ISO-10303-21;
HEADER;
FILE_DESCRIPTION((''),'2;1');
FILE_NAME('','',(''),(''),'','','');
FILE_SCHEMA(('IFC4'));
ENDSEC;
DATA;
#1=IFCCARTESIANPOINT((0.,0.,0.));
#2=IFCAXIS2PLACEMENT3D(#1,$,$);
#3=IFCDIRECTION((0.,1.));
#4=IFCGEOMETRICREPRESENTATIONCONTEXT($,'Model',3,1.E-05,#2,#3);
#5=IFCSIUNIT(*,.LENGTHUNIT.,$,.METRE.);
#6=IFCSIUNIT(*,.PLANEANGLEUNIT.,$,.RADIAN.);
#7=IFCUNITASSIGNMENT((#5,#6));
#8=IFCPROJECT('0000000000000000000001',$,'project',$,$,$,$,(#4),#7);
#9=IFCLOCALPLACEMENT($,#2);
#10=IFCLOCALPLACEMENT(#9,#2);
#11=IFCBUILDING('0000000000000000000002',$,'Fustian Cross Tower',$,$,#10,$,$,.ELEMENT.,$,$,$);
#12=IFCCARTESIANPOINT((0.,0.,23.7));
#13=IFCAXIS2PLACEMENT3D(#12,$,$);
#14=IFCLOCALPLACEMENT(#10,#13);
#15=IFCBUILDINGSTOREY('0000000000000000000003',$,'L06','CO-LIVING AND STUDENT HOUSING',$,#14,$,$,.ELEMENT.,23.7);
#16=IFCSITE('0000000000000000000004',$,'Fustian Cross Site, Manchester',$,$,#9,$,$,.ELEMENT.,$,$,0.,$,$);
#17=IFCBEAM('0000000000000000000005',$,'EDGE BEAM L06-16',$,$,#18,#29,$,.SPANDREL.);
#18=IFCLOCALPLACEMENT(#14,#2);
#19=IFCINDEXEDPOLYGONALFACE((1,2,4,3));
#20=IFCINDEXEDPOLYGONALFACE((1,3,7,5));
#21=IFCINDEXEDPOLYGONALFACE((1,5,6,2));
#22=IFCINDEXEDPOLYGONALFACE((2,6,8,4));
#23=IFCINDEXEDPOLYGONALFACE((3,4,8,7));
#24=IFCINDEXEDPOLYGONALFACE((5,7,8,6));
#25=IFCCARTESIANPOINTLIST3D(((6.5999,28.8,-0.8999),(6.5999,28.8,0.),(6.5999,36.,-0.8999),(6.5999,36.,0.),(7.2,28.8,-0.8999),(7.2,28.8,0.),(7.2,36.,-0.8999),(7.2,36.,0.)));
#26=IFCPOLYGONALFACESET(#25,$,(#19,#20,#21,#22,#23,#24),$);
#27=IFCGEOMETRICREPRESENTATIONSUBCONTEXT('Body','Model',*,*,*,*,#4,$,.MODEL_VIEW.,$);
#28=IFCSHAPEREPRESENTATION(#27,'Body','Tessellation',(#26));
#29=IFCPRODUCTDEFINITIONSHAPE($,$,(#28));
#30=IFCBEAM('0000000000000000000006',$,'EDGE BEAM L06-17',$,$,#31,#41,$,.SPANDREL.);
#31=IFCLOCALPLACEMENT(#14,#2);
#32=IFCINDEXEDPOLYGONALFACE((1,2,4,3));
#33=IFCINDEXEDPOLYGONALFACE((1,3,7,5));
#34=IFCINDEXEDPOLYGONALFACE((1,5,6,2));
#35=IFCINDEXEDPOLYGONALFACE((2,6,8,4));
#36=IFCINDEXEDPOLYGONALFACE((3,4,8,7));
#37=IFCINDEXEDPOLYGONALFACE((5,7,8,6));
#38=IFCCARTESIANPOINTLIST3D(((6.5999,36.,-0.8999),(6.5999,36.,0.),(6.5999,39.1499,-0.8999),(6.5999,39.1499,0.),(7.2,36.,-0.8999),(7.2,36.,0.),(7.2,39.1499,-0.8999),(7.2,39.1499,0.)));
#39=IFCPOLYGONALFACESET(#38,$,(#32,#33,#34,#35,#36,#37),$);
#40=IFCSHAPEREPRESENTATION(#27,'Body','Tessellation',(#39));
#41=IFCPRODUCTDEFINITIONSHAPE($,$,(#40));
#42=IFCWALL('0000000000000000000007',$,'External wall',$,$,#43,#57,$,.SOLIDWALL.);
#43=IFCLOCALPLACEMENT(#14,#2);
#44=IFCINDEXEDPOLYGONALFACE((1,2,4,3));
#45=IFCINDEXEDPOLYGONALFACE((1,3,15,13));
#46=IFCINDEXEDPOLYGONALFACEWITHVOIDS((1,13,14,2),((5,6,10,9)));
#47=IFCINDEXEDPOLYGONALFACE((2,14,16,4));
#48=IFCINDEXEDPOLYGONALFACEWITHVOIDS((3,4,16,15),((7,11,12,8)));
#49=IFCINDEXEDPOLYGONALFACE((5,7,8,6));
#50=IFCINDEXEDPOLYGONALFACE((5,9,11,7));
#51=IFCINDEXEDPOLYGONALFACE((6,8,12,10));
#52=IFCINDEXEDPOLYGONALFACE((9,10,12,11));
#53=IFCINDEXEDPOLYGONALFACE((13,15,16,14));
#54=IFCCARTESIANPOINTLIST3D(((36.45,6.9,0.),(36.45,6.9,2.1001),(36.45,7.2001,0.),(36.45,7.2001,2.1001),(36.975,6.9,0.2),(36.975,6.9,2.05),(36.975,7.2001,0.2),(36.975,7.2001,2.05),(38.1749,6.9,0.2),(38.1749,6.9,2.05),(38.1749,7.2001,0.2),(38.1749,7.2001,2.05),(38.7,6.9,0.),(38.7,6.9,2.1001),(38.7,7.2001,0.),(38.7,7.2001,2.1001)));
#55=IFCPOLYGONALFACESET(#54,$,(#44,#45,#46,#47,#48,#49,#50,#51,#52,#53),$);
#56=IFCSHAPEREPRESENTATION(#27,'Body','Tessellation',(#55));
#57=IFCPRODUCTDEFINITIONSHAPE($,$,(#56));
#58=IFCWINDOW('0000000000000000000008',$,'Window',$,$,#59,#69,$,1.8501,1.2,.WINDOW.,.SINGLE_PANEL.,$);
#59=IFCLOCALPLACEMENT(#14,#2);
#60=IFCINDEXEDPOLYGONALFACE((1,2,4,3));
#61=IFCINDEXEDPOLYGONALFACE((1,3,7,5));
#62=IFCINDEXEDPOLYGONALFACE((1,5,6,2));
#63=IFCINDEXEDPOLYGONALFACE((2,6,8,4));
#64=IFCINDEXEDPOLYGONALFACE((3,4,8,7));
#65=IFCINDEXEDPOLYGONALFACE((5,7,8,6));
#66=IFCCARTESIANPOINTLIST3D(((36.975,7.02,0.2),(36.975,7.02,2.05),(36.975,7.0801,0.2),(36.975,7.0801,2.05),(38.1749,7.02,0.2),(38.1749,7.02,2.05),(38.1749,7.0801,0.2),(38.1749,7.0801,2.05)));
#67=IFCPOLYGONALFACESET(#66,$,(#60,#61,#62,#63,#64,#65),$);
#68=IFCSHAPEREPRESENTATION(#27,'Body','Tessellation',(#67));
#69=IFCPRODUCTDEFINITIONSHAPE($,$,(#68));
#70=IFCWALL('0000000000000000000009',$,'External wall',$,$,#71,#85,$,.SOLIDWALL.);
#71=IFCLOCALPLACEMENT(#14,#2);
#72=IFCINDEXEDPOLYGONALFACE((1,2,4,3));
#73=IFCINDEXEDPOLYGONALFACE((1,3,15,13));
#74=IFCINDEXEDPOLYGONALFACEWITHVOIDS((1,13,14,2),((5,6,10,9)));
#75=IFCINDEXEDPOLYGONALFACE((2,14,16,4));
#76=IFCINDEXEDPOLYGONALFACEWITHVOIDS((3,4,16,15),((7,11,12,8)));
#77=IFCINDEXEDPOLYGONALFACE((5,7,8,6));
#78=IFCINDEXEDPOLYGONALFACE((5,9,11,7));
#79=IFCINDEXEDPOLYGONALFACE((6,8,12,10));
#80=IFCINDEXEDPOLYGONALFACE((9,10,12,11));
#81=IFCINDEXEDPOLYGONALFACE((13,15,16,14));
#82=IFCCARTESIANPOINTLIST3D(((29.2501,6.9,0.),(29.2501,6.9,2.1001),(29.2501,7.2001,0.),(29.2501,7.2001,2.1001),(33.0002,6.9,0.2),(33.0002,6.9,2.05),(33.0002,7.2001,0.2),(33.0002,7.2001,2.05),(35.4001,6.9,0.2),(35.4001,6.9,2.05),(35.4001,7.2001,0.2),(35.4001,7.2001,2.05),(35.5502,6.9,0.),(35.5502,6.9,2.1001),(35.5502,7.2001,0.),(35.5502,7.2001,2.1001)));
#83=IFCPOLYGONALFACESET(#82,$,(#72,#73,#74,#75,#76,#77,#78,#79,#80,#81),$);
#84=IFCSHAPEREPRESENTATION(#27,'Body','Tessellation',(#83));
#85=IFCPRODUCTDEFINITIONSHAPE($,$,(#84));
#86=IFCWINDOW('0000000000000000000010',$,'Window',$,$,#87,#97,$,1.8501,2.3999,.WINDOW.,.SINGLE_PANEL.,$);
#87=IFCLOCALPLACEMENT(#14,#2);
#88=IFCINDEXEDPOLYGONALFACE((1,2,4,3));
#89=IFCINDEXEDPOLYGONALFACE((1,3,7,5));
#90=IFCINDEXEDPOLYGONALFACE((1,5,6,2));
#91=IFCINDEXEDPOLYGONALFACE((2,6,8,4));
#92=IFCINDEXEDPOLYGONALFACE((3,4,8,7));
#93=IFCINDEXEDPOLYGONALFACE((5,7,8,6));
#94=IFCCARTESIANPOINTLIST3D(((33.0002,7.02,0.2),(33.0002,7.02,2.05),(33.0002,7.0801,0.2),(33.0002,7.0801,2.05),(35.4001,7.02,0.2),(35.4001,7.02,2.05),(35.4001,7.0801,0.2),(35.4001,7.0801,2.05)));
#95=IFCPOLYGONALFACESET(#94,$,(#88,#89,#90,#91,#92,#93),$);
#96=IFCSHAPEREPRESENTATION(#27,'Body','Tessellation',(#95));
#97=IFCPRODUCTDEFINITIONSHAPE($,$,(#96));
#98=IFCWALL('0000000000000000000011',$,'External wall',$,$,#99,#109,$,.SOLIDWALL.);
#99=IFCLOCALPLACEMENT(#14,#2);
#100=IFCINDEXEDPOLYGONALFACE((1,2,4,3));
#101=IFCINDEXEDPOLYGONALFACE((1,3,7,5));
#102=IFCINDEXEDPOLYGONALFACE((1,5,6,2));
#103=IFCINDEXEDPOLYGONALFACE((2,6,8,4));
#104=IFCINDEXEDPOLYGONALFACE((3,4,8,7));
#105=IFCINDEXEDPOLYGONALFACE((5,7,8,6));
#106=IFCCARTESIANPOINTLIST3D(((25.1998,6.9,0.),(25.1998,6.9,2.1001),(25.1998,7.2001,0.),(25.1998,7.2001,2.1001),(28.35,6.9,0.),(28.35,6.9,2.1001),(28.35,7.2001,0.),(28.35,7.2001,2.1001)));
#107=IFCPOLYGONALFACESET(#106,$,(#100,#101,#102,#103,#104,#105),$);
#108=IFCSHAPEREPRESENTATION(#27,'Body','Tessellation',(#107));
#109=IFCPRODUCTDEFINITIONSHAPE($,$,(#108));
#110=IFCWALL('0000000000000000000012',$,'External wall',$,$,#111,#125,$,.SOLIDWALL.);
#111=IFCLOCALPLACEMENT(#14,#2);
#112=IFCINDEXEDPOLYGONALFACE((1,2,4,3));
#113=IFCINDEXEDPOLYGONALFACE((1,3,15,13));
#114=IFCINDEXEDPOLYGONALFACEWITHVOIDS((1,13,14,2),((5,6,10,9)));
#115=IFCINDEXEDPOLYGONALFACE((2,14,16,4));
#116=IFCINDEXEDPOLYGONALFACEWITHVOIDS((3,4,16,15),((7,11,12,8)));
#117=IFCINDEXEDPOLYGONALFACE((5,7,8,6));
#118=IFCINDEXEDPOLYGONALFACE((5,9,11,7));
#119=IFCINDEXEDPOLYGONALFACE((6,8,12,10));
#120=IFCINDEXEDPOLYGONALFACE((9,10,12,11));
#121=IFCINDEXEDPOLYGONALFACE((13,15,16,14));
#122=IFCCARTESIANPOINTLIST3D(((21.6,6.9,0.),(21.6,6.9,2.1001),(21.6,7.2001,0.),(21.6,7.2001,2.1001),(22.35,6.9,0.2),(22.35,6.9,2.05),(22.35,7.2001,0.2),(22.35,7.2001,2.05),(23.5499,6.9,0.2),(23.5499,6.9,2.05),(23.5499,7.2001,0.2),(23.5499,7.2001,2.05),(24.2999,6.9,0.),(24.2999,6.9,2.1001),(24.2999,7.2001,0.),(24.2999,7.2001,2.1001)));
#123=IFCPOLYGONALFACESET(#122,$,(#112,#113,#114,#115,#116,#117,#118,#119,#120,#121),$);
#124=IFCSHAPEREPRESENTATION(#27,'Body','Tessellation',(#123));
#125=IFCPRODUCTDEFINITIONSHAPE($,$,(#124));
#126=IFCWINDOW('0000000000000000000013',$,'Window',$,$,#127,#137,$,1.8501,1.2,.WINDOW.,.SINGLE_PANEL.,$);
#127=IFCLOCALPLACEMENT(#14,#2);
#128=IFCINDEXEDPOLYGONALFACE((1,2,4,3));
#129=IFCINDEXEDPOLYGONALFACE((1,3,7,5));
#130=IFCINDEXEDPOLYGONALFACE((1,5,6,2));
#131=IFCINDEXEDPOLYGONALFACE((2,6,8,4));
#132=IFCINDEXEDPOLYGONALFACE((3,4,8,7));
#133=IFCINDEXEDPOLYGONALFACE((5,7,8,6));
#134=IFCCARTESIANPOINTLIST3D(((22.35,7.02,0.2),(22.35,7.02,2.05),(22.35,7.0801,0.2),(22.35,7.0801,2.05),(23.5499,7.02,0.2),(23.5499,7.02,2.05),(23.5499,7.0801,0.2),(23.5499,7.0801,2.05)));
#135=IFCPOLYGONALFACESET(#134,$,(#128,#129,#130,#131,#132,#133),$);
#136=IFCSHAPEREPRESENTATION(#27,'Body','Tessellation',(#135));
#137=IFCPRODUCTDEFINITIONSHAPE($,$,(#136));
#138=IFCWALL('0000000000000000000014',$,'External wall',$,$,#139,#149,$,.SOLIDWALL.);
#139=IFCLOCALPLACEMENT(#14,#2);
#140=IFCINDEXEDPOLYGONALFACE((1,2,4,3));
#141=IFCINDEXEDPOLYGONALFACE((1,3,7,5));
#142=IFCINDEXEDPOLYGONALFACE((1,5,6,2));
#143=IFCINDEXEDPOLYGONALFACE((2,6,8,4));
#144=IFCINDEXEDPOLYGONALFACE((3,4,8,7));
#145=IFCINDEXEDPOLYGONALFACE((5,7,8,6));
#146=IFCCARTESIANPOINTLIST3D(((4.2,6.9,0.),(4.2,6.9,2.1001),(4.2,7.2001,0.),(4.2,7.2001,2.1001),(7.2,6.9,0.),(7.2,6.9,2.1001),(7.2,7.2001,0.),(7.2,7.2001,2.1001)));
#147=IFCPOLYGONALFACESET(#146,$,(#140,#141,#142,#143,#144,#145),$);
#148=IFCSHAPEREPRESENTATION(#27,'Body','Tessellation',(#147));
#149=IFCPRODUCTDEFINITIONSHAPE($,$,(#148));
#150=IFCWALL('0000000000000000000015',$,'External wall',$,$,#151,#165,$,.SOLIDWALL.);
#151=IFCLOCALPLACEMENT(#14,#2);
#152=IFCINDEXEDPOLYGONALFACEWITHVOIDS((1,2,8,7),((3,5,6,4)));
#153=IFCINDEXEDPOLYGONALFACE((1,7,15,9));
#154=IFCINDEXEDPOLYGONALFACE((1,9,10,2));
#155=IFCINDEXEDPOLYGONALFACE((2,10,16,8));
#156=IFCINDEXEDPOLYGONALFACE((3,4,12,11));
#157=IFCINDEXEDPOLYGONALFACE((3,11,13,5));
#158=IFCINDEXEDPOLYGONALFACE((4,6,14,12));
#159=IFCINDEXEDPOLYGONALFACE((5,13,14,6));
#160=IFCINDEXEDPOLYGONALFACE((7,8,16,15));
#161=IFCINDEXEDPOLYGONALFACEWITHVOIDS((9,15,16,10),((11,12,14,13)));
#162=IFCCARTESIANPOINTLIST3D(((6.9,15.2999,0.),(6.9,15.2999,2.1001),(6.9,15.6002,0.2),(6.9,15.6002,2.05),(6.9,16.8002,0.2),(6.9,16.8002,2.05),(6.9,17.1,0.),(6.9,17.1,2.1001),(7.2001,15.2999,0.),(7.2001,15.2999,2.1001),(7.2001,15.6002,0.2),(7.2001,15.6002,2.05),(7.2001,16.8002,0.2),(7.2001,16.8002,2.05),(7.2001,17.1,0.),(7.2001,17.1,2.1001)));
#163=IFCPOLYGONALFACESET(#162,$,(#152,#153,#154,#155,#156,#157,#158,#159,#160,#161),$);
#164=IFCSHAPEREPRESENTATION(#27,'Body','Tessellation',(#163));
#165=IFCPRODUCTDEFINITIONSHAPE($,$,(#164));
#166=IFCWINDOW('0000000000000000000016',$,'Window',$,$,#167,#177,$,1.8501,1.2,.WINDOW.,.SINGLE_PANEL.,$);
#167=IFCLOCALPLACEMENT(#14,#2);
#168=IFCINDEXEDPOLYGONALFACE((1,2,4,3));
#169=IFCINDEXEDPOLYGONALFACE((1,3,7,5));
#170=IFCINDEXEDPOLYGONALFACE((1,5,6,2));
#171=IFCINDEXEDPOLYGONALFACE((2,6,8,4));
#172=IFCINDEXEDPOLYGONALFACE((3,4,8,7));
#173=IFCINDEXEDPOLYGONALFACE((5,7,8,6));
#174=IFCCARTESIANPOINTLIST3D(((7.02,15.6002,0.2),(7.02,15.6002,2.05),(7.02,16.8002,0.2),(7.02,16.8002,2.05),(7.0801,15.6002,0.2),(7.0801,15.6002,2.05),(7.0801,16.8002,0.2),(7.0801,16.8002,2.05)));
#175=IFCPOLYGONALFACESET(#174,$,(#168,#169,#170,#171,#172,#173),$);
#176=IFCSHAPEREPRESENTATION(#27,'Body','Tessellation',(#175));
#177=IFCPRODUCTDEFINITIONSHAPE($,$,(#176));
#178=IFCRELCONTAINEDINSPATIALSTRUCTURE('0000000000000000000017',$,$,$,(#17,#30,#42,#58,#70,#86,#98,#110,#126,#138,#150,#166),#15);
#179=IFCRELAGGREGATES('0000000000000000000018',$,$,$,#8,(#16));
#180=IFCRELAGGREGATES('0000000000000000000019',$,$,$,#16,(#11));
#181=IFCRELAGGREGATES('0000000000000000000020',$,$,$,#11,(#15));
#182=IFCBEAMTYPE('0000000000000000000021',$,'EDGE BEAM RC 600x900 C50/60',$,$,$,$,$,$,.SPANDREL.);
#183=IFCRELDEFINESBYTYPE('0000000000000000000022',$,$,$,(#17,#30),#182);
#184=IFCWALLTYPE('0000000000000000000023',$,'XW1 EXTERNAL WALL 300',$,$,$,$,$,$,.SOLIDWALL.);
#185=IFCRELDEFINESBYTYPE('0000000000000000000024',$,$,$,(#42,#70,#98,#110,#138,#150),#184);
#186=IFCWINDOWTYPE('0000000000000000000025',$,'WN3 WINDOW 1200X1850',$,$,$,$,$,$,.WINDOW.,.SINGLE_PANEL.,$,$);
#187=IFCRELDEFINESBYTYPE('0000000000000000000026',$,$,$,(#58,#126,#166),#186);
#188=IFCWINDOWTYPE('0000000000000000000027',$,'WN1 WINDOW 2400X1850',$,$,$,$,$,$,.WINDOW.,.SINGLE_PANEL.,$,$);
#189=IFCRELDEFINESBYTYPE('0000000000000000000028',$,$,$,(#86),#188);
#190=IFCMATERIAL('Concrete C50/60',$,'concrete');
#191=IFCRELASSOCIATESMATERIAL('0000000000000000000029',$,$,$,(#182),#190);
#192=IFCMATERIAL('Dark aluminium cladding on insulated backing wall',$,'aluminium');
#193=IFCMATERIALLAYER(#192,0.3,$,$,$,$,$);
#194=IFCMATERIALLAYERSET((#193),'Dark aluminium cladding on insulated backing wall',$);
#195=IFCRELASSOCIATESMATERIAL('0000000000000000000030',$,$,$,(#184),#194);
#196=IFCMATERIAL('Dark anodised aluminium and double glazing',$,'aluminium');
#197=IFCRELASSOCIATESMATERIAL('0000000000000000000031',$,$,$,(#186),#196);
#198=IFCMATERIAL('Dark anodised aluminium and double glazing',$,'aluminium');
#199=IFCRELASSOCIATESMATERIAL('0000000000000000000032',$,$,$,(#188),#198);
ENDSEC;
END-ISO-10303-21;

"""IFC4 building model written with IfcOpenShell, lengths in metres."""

from ifc_helpers import new_model, si_unit, direction, frame, frame_2d, origin, origin_2d, place, context, subcontext, project, spatial, rectangle, extrude, material, layer, layer_set, material_profile, profile_set, type_object, element, fill, save


model = new_model("IFC4")

# Units and contexts
model_context = context("Model", 3, precision=1e-05, world=origin(), true_north=direction((0.0, 1.0)))
body_context = subcontext(model_context, "Body", "Model", "MODEL_VIEW")
ifc_project = project(units=[si_unit("LENGTHUNIT", "METRE"), si_unit("PLANEANGLEUNIT", "RADIAN")], contexts=[model_context])

# Site, building, storey
site_placement = place(None, origin())
site = spatial("IfcSite", under=ifc_project, at=site_placement, Name="Fustian Cross Site, Manchester", CompositionType="ELEMENT", RefElevation=0.0)
building_placement = place(site_placement, origin())
building = spatial("IfcBuilding", under=site, at=building_placement, Name="Fustian Cross Tower", CompositionType="ELEMENT")
storey_placement = place(building_placement, frame((0.0, 0.0, 23.7)))
storey = spatial("IfcBuildingStorey", under=building, at=storey_placement, Name="L06", Description="CO-LIVING AND STUDENT HOUSING", CompositionType="ELEMENT", Elevation=23.7)

# Beams
ifc_material_1 = material(Name="Concrete C50/60", Category="concrete")
ifc_material_profile = material_profile(ifc_material_1, rectangle(XDim=0.6001, YDim=0.8999, at=origin_2d()), Name="RC 600x900")
ifc_profile_set = profile_set([ifc_material_profile], Name="Concrete C50/60")
beam_type = type_object("IfcBeamType", Name="EDGE BEAM RC 600x900 C50/60", PredefinedType="SPANDREL", material=ifc_profile_set)
beam_1_placement = place(storey_placement, frame((6.8999, 28.8, -0.45), z_axis=(0.0, 1.0, 0.0), x_axis=(-1.0, 0.0, 0.0)))
element("IfcBeam", 1, at=beam_1_placement, inside=storey, type_object=beam_type, Name="EDGE BEAM L06-16", PredefinedType="SPANDREL", context=body_context, shape_type="SweptSolid", body=[
    extrude(rectangle(XDim=0.6001, YDim=0.8999, at=origin_2d()), origin(), (0.0, 0.0, 1.0), 7.2),
])
beam_2_placement = place(storey_placement, frame((6.8999, 36.0, -0.45), z_axis=(0.0, 1.0, 0.0), x_axis=(-1.0, 0.0, 0.0)))
element("IfcBeam", 2, at=beam_2_placement, inside=storey, type_object=beam_type, Name="EDGE BEAM L06-17", PredefinedType="SPANDREL", context=body_context, shape_type="SweptSolid", body=[
    extrude(rectangle(XDim=0.6001, YDim=0.8999, at=origin_2d()), origin(), (0.0, 0.0, 1.0), 3.1499),
])

# Walls, openings, windows
ifc_material_2 = material(Name="Dark aluminium cladding on insulated backing wall", Category="aluminium")
ifc_layer = layer(ifc_material_2, 0.3)
ifc_layer_set = layer_set([ifc_layer], Name="Dark aluminium cladding on insulated backing wall")
wall_type = type_object("IfcWallType", Name="XW1 EXTERNAL WALL 300", PredefinedType="SOLIDWALL", material=ifc_layer_set)
wall_1_placement = place(storey_placement, frame((38.7, 7.05, 0.0), z_axis=(0.0, 0.0, 1.0), x_axis=(-1.0, 0.0, 0.0)))
wall_1 = element("IfcWall", 3, at=wall_1_placement, inside=storey, type_object=wall_type, Name="External wall", PredefinedType="SOLIDWALL", context=body_context, shape_type="SweptSolid", body=[
    extrude(rectangle(XDim=2.25, YDim=0.3, at=frame_2d((1.125, 0.0))), origin(), (0.0, 0.0, 1.0), 2.1001),
])
opening_1_placement = place(wall_1_placement, frame((0.5249, 0.0, 0.2)))
opening_1 = element("IfcOpeningElement", 4, at=opening_1_placement, cuts=wall_1, PredefinedType="OPENING", context=body_context, shape_type="SweptSolid", body=[
    extrude(rectangle(XDim=1.2, YDim=1.8501, at=frame_2d((0.6001, 0.925))), frame((0.0, 0.1599, 0.0), z_axis=(0.0, -1.0, 0.0), x_axis=(1.0, 0.0, 0.0)), (0.0, 0.0, 1.0), 0.3201),
])
ifc_material_3 = material(Name="Dark anodised aluminium and double glazing", Category="aluminium")
window_type_1 = type_object("IfcWindowType", Name="WN3 WINDOW 1200X1850", PartitioningType="SINGLE_PANEL", PredefinedType="WINDOW", material=ifc_material_3)
window_1_placement = place(opening_1_placement, origin())
window_1 = element("IfcWindow", 5, at=window_1_placement, inside=storey, type_object=window_type_1, Name="Window", OverallHeight=1.8501, OverallWidth=1.2, PartitioningType="SINGLE_PANEL", PredefinedType="WINDOW", context=body_context, shape_type="SweptSolid", body=[
    extrude(rectangle(XDim=1.2, YDim=1.8501, at=frame_2d((0.6001, 0.925))), frame((0.0, 0.03, 0.0), z_axis=(0.0, -1.0, 0.0), x_axis=(1.0, 0.0, 0.0)), (0.0, 0.0, 1.0), 0.0601),
])
fill(opening_1, window_1)
wall_2_placement = place(storey_placement, frame((35.55, 7.05, 0.0), z_axis=(0.0, 0.0, 1.0), x_axis=(-1.0, 0.0, 0.0)))
wall_2 = element("IfcWall", 6, at=wall_2_placement, inside=storey, type_object=wall_type, Name="External wall", PredefinedType="SOLIDWALL", context=body_context, shape_type="SweptSolid", body=[
    extrude(rectangle(XDim=6.3, YDim=0.3, at=frame_2d((3.1499, 0.0))), origin(), (0.0, 0.0, 1.0), 2.1001),
])
opening_2_placement = place(wall_2_placement, frame((0.1499, 0.0, 0.2)))
opening_2 = element("IfcOpeningElement", 7, at=opening_2_placement, cuts=wall_2, PredefinedType="OPENING", context=body_context, shape_type="SweptSolid", body=[
    extrude(rectangle(XDim=2.3999, YDim=1.8501, at=frame_2d((1.2, 0.925))), frame((0.0, 0.1599, 0.0), z_axis=(0.0, -1.0, 0.0), x_axis=(1.0, 0.0, 0.0)), (0.0, 0.0, 1.0), 0.3201),
])
ifc_material_4 = material(Name="Dark anodised aluminium and double glazing", Category="aluminium")
window_type_2 = type_object("IfcWindowType", Name="WN1 WINDOW 2400X1850", PartitioningType="SINGLE_PANEL", PredefinedType="WINDOW", material=ifc_material_4)
window_2_placement = place(opening_2_placement, origin())
window_2 = element("IfcWindow", 8, at=window_2_placement, inside=storey, type_object=window_type_2, Name="Window", OverallHeight=1.8501, OverallWidth=2.3999, PartitioningType="SINGLE_PANEL", PredefinedType="WINDOW", context=body_context, shape_type="SweptSolid", body=[
    extrude(rectangle(XDim=2.3999, YDim=1.8501, at=frame_2d((1.2, 0.925))), frame((0.0, 0.03, 0.0), z_axis=(0.0, -1.0, 0.0), x_axis=(1.0, 0.0, 0.0)), (0.0, 0.0, 1.0), 0.0601),
])
fill(opening_2, window_2)

# Wall
wall_3_placement = place(storey_placement, frame((28.3501, 7.05, 0.0), z_axis=(0.0, 0.0, 1.0), x_axis=(-1.0, 0.0, 0.0)))
element("IfcWall", 9, at=wall_3_placement, inside=storey, type_object=wall_type, Name="External wall", PredefinedType="SOLIDWALL", context=body_context, shape_type="SweptSolid", body=[
    extrude(rectangle(XDim=3.1501, YDim=0.3, at=frame_2d((1.5752, 0.0))), origin(), (0.0, 0.0, 1.0), 2.1001),
])

# Wall, opening, window
wall_4_placement = place(storey_placement, frame((24.3, 7.05, 0.0), z_axis=(0.0, 0.0, 1.0), x_axis=(-1.0, 0.0, 0.0)))
wall_4 = element("IfcWall", 10, at=wall_4_placement, inside=storey, type_object=wall_type, Name="External wall", PredefinedType="SOLIDWALL", context=body_context, shape_type="SweptSolid", body=[
    extrude(rectangle(XDim=2.7, YDim=0.3, at=frame_2d((1.3501, 0.0))), origin(), (0.0, 0.0, 1.0), 2.1001),
])
opening_3_placement = place(wall_4_placement, frame((0.75, 0.0, 0.2)))
opening_3 = element("IfcOpeningElement", 11, at=opening_3_placement, cuts=wall_4, PredefinedType="OPENING", context=body_context, shape_type="SweptSolid", body=[
    extrude(rectangle(XDim=1.2, YDim=1.8501, at=frame_2d((0.6001, 0.925))), frame((0.0, 0.1599, 0.0), z_axis=(0.0, -1.0, 0.0), x_axis=(1.0, 0.0, 0.0)), (0.0, 0.0, 1.0), 0.3201),
])
window_3_placement = place(opening_3_placement, origin())
window_3 = element("IfcWindow", 12, at=window_3_placement, inside=storey, type_object=window_type_1, Name="Window", OverallHeight=1.8501, OverallWidth=1.2, PartitioningType="SINGLE_PANEL", PredefinedType="WINDOW", context=body_context, shape_type="SweptSolid", body=[
    extrude(rectangle(XDim=1.2, YDim=1.8501, at=frame_2d((0.6001, 0.925))), frame((0.0, 0.03, 0.0), z_axis=(0.0, -1.0, 0.0), x_axis=(1.0, 0.0, 0.0)), (0.0, 0.0, 1.0), 0.0601),
])
fill(opening_3, window_3)

# Wall
wall_5_placement = place(storey_placement, frame((7.2, 7.05, 0.0), z_axis=(0.0, 0.0, 1.0), x_axis=(-1.0, 0.0, 0.0)))
element("IfcWall", 13, at=wall_5_placement, inside=storey, type_object=wall_type, Name="External wall", PredefinedType="SOLIDWALL", context=body_context, shape_type="SweptSolid", body=[
    extrude(rectangle(XDim=3.0, YDim=0.3, at=frame_2d((1.5, 0.0))), origin(), (0.0, 0.0, 1.0), 2.1001),
])

# Wall, opening, window
wall_6_placement = place(storey_placement, frame((7.05, 15.3, 0.0), z_axis=(0.0, 0.0, 1.0), x_axis=(0.0, 1.0, 0.0)))
wall_6 = element("IfcWall", 14, at=wall_6_placement, inside=storey, type_object=wall_type, Name="External wall", PredefinedType="SOLIDWALL", context=body_context, shape_type="SweptSolid", body=[
    extrude(rectangle(XDim=1.8, YDim=0.3, at=frame_2d((0.8999, 0.0))), origin(), (0.0, 0.0, 1.0), 2.1001),
])
opening_4_placement = place(wall_6_placement, frame((0.3, 0.0, 0.2)))
opening_4 = element("IfcOpeningElement", 15, at=opening_4_placement, cuts=wall_6, PredefinedType="OPENING", context=body_context, shape_type="SweptSolid", body=[
    extrude(rectangle(XDim=1.2, YDim=1.8501, at=frame_2d((0.6001, 0.925))), frame((0.0, 0.1599, 0.0), z_axis=(0.0, -1.0, 0.0), x_axis=(1.0, 0.0, 0.0)), (0.0, 0.0, 1.0), 0.3201),
])
window_4_placement = place(opening_4_placement, origin())
window_4 = element("IfcWindow", 16, at=window_4_placement, inside=storey, type_object=window_type_1, Name="Window", OverallHeight=1.8501, OverallWidth=1.2, PartitioningType="SINGLE_PANEL", PredefinedType="WINDOW", context=body_context, shape_type="SweptSolid", body=[
    extrude(rectangle(XDim=1.2, YDim=1.8501, at=frame_2d((0.6001, 0.925))), frame((0.0, 0.03, 0.0), z_axis=(0.0, -1.0, 0.0), x_axis=(1.0, 0.0, 0.0)), (0.0, 0.0, 1.0), 0.0601),
])
fill(opening_4, window_4)

save(model, "model.ifc")
